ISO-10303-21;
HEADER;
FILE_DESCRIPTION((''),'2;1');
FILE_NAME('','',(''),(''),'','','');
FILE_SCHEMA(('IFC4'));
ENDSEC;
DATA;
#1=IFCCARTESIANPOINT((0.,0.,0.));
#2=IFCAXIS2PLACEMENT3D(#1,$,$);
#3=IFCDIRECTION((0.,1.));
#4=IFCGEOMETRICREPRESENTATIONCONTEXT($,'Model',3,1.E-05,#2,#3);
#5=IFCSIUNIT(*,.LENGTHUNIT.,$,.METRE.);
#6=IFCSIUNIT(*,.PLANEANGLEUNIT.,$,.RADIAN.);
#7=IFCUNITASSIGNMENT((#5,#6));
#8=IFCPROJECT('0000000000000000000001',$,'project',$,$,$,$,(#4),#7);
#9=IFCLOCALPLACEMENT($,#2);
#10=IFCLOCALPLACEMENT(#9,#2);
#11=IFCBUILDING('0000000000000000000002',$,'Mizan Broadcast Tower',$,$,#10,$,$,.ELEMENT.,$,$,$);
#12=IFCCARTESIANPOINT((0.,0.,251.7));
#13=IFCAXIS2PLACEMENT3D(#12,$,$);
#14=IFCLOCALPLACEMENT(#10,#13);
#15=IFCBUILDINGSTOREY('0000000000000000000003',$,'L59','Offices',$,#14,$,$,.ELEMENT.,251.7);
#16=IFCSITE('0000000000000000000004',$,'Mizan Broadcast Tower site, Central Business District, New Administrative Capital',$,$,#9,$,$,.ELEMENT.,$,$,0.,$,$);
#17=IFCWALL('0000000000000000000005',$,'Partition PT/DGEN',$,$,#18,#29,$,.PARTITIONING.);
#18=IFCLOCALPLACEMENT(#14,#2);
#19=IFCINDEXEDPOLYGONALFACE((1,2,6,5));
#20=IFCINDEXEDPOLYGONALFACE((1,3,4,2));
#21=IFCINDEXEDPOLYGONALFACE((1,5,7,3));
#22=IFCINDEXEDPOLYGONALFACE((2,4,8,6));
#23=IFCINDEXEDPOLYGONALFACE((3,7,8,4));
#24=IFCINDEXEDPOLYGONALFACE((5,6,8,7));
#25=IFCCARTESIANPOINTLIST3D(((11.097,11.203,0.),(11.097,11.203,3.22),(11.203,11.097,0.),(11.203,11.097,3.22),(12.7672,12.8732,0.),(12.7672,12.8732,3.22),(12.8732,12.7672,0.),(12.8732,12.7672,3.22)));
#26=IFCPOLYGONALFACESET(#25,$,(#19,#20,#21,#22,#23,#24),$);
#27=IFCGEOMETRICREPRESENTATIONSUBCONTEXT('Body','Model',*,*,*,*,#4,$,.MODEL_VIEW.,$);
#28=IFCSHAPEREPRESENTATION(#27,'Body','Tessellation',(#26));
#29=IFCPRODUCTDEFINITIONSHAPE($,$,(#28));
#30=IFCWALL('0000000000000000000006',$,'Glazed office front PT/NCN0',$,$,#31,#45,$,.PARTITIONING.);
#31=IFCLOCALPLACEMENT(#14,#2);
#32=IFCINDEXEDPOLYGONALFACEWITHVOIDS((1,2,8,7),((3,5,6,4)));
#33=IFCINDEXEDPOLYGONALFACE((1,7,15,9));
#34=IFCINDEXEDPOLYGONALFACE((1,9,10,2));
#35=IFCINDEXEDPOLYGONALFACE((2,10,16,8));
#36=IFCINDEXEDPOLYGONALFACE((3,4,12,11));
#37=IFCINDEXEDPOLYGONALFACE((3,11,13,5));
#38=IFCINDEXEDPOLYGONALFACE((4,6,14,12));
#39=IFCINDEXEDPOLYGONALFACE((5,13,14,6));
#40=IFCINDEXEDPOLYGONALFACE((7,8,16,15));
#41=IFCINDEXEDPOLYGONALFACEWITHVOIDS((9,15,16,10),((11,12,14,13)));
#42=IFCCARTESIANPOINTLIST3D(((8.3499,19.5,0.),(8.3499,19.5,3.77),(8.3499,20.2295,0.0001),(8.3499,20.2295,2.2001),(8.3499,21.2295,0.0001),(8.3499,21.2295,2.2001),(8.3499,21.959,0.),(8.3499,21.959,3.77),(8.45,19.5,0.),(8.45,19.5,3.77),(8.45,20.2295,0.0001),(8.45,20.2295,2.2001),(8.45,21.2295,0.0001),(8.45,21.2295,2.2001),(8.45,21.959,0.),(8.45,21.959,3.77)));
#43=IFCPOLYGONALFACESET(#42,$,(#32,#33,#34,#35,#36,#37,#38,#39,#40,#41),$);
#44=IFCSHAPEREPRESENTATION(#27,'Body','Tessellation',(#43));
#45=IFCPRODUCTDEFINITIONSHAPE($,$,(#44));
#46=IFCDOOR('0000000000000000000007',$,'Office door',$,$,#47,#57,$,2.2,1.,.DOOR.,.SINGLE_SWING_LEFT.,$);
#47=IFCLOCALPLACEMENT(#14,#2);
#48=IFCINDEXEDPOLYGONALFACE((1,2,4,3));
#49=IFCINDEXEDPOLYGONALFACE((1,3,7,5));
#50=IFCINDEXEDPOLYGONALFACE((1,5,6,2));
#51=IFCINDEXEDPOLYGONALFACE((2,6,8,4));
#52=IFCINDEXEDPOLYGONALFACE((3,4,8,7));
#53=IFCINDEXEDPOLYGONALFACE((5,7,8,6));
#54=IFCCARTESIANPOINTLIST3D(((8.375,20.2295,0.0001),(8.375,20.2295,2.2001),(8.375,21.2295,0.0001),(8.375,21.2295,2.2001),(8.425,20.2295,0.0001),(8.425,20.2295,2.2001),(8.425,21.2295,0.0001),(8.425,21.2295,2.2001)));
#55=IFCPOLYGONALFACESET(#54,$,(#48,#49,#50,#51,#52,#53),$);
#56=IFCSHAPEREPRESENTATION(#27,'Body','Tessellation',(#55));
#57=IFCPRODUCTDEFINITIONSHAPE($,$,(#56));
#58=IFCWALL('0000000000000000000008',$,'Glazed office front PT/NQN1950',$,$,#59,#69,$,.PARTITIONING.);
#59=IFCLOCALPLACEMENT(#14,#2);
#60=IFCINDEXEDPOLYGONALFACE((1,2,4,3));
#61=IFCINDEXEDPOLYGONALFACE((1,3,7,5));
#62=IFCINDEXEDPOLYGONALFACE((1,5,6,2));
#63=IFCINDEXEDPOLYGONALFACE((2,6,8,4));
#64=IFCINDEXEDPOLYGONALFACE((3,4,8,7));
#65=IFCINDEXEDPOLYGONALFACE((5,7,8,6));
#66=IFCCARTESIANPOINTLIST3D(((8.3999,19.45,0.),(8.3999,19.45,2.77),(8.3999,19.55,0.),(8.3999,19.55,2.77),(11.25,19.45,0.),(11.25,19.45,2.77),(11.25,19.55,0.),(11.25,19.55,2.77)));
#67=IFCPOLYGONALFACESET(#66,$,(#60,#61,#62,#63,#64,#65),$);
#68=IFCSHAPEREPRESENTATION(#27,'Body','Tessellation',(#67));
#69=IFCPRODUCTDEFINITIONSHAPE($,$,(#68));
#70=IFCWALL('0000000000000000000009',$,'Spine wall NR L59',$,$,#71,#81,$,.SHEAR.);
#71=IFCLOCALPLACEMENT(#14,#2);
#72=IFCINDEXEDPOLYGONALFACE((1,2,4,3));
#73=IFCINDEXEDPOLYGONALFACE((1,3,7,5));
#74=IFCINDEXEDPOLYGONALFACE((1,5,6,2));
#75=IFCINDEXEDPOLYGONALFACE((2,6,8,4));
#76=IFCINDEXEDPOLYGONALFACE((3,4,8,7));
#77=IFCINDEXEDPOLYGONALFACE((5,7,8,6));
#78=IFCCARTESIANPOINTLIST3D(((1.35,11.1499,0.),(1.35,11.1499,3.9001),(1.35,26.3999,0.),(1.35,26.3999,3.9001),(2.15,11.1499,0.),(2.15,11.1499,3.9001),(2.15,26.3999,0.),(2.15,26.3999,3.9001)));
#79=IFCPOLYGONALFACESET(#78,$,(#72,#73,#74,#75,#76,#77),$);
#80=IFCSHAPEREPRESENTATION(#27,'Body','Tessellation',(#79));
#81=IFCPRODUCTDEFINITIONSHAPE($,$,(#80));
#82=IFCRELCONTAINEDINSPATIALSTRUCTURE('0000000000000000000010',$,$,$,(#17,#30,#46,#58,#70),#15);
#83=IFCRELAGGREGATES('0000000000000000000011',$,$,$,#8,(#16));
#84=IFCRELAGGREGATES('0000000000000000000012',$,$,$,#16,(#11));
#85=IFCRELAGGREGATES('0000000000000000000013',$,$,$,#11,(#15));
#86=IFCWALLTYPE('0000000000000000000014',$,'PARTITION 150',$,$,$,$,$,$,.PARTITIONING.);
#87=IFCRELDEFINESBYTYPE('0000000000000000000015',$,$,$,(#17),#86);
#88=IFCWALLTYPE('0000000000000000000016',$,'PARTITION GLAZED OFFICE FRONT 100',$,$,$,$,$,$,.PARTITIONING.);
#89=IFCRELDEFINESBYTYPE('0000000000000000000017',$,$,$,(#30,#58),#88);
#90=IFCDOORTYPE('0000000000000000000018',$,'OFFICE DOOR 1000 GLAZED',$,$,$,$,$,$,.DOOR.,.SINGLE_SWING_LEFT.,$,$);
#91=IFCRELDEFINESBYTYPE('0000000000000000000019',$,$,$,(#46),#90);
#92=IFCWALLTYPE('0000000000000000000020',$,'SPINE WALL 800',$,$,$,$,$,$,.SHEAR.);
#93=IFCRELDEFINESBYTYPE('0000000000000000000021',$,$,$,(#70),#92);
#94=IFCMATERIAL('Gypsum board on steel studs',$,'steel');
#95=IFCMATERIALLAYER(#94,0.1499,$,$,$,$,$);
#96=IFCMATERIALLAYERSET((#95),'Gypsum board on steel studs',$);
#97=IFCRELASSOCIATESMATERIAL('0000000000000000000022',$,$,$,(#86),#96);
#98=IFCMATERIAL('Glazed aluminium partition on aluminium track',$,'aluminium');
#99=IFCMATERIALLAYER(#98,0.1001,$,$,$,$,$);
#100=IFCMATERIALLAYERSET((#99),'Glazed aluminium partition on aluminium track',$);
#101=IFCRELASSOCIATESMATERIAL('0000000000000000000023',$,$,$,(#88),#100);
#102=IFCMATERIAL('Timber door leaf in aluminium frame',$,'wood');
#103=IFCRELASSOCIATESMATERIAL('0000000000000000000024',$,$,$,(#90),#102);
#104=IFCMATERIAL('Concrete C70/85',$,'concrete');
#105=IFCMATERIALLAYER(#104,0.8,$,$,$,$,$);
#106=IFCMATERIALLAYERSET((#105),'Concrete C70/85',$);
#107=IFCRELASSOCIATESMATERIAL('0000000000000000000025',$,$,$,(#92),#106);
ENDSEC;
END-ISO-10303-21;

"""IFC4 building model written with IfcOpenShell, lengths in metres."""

from ifc_helpers import new_model, si_unit, direction, frame, frame_2d, origin, place, context, subcontext, project, spatial, rectangle, extrude, material, layer, layer_set, type_object, element, fill, save


model = new_model("IFC4")

# Units and contexts
model_context = context("Model", 3, precision=1e-05, world=origin(), true_north=direction((0.0, 1.0)))
body_context = subcontext(model_context, "Body", "Model", "MODEL_VIEW")
ifc_project = project(units=[si_unit("LENGTHUNIT", "METRE"), si_unit("PLANEANGLEUNIT", "RADIAN")], contexts=[model_context])

# Site, building, storey
site_placement = place(None, origin())
site = spatial("IfcSite", under=ifc_project, at=site_placement, Name="Mizan Broadcast Tower site, Central Business District, New Administrative Capital", CompositionType="ELEMENT", RefElevation=0.0)
building_placement = place(site_placement, origin())
building = spatial("IfcBuilding", under=site, at=building_placement, Name="Mizan Broadcast Tower", CompositionType="ELEMENT")
storey_placement = place(building_placement, frame((0.0, 0.0, 251.7)))
storey = spatial("IfcBuildingStorey", under=building, at=storey_placement, Name="L59", Description="Offices", CompositionType="ELEMENT", Elevation=251.7)

# Wall
ifc_material_1 = material(Name="Gypsum board on steel studs", Category="steel")
ifc_layer_1 = layer(ifc_material_1, 0.1499)
ifc_layer_set_1 = layer_set([ifc_layer_1], Name="Gypsum board on steel studs")
wall_type_1 = type_object("IfcWallType", Name="PARTITION 150", PredefinedType="PARTITIONING", material=ifc_layer_set_1)
wall_1_placement = place(storey_placement, frame((11.1499, 11.1499, 0.0), z_axis=(0.0, 0.0, 1.0), x_axis=(0.707107, 0.707107, 0.0)))
element("IfcWall", 1, at=wall_1_placement, inside=storey, type_object=wall_type_1, Name="Partition PT/DGEN", PredefinedType="PARTITIONING", context=body_context, shape_type="SweptSolid", body=[
    extrude(rectangle(XDim=2.3621, YDim=0.1499, at=frame_2d((1.1812, 0.0))), origin(), (0.0, 0.0, 1.0), 3.22),
])

# Wall, opening, door
ifc_material_2 = material(Name="Glazed aluminium partition on aluminium track", Category="aluminium")
ifc_layer_2 = layer(ifc_material_2, 0.1001)
ifc_layer_set_2 = layer_set([ifc_layer_2], Name="Glazed aluminium partition on aluminium track")
wall_type_2 = type_object("IfcWallType", Name="PARTITION GLAZED OFFICE FRONT 100", PredefinedType="PARTITIONING", material=ifc_layer_set_2)
wall_2_placement = place(storey_placement, frame((8.3999, 19.5, 0.0), z_axis=(0.0, 0.0, 1.0), x_axis=(0.0, 1.0, 0.0)))
wall_2 = element("IfcWall", 2, at=wall_2_placement, inside=storey, type_object=wall_type_2, Name="Glazed office front PT/NCN0", PredefinedType="PARTITIONING", context=body_context, shape_type="SweptSolid", body=[
    extrude(rectangle(XDim=2.459, YDim=0.1001, at=frame_2d((1.2295, 0.0))), origin(), (0.0, 0.0, 1.0), 3.77),
])
opening_1_placement = place(wall_2_placement, frame((0.7295, 0.0, 0.0)))
opening_1 = element("IfcOpeningElement", 3, at=opening_1_placement, cuts=wall_2, PredefinedType="OPENING", context=body_context, shape_type="SweptSolid", body=[
    extrude(rectangle(XDim=1.0, YDim=2.2, at=frame_2d((0.5, 1.1001))), frame((0.0, 0.0601, 0.0), z_axis=(0.0, -1.0, 0.0), x_axis=(1.0, 0.0, 0.0)), (0.0, 0.0, 1.0), 0.1201),
])
ifc_material_3 = material(Name="Timber door leaf in aluminium frame", Category="wood")
door_type_1 = type_object("IfcDoorType", Name="OFFICE DOOR 1000 GLAZED", OperationType="SINGLE_SWING_LEFT", PredefinedType="DOOR", material=ifc_material_3)
door_1_placement = place(opening_1_placement, origin())
door_1 = element("IfcDoor", 4, at=door_1_placement, inside=storey, type_object=door_type_1, Name="Office door", OperationType="SINGLE_SWING_LEFT", OverallHeight=2.2, OverallWidth=1.0, PredefinedType="DOOR", context=body_context, shape_type="SweptSolid", body=[
    extrude(rectangle(XDim=1.0, YDim=2.2, at=frame_2d((0.5, 1.1001))), frame((0.0, 0.0249, 0.0), z_axis=(0.0, -1.0, 0.0), x_axis=(1.0, 0.0, 0.0)), (0.0, 0.0, 1.0), 0.05),
])
fill(opening_1, door_1)

# Walls
wall_3_placement = place(storey_placement, frame((8.3999, 19.5, 0.0), z_axis=(0.0, 0.0, 1.0), x_axis=(1.0, 0.0, 0.0)))
element("IfcWall", 5, at=wall_3_placement, inside=storey, type_object=wall_type_2, Name="Glazed office front PT/NQN1950", PredefinedType="PARTITIONING", context=body_context, shape_type="SweptSolid", body=[
    extrude(rectangle(XDim=2.8501, YDim=0.1001, at=frame_2d((1.425, 0.0))), origin(), (0.0, 0.0, 1.0), 2.77),
])
ifc_material_4 = material(Name="Concrete C70/85", Category="concrete")
ifc_layer_3 = layer(ifc_material_4, 0.8)
ifc_layer_set_3 = layer_set([ifc_layer_3], Name="Concrete C70/85")
wall_type_3 = type_object("IfcWallType", Name="SPINE WALL 800", PredefinedType="SHEAR", material=ifc_layer_set_3)
wall_4_placement = place(storey_placement, frame((1.75, 11.1499, 0.0), z_axis=(0.0, 0.0, 1.0), x_axis=(0.0, 1.0, 0.0)))
element("IfcWall", 6, at=wall_4_placement, inside=storey, type_object=wall_type_3, Name="Spine wall NR L59", PredefinedType="SHEAR", context=body_context, shape_type="SweptSolid", body=[
    extrude(rectangle(XDim=15.25, YDim=0.8, at=frame_2d((7.625, 0.0))), origin(), (0.0, 0.0, 1.0), 3.9001),
])

save(model, "model.ifc")
